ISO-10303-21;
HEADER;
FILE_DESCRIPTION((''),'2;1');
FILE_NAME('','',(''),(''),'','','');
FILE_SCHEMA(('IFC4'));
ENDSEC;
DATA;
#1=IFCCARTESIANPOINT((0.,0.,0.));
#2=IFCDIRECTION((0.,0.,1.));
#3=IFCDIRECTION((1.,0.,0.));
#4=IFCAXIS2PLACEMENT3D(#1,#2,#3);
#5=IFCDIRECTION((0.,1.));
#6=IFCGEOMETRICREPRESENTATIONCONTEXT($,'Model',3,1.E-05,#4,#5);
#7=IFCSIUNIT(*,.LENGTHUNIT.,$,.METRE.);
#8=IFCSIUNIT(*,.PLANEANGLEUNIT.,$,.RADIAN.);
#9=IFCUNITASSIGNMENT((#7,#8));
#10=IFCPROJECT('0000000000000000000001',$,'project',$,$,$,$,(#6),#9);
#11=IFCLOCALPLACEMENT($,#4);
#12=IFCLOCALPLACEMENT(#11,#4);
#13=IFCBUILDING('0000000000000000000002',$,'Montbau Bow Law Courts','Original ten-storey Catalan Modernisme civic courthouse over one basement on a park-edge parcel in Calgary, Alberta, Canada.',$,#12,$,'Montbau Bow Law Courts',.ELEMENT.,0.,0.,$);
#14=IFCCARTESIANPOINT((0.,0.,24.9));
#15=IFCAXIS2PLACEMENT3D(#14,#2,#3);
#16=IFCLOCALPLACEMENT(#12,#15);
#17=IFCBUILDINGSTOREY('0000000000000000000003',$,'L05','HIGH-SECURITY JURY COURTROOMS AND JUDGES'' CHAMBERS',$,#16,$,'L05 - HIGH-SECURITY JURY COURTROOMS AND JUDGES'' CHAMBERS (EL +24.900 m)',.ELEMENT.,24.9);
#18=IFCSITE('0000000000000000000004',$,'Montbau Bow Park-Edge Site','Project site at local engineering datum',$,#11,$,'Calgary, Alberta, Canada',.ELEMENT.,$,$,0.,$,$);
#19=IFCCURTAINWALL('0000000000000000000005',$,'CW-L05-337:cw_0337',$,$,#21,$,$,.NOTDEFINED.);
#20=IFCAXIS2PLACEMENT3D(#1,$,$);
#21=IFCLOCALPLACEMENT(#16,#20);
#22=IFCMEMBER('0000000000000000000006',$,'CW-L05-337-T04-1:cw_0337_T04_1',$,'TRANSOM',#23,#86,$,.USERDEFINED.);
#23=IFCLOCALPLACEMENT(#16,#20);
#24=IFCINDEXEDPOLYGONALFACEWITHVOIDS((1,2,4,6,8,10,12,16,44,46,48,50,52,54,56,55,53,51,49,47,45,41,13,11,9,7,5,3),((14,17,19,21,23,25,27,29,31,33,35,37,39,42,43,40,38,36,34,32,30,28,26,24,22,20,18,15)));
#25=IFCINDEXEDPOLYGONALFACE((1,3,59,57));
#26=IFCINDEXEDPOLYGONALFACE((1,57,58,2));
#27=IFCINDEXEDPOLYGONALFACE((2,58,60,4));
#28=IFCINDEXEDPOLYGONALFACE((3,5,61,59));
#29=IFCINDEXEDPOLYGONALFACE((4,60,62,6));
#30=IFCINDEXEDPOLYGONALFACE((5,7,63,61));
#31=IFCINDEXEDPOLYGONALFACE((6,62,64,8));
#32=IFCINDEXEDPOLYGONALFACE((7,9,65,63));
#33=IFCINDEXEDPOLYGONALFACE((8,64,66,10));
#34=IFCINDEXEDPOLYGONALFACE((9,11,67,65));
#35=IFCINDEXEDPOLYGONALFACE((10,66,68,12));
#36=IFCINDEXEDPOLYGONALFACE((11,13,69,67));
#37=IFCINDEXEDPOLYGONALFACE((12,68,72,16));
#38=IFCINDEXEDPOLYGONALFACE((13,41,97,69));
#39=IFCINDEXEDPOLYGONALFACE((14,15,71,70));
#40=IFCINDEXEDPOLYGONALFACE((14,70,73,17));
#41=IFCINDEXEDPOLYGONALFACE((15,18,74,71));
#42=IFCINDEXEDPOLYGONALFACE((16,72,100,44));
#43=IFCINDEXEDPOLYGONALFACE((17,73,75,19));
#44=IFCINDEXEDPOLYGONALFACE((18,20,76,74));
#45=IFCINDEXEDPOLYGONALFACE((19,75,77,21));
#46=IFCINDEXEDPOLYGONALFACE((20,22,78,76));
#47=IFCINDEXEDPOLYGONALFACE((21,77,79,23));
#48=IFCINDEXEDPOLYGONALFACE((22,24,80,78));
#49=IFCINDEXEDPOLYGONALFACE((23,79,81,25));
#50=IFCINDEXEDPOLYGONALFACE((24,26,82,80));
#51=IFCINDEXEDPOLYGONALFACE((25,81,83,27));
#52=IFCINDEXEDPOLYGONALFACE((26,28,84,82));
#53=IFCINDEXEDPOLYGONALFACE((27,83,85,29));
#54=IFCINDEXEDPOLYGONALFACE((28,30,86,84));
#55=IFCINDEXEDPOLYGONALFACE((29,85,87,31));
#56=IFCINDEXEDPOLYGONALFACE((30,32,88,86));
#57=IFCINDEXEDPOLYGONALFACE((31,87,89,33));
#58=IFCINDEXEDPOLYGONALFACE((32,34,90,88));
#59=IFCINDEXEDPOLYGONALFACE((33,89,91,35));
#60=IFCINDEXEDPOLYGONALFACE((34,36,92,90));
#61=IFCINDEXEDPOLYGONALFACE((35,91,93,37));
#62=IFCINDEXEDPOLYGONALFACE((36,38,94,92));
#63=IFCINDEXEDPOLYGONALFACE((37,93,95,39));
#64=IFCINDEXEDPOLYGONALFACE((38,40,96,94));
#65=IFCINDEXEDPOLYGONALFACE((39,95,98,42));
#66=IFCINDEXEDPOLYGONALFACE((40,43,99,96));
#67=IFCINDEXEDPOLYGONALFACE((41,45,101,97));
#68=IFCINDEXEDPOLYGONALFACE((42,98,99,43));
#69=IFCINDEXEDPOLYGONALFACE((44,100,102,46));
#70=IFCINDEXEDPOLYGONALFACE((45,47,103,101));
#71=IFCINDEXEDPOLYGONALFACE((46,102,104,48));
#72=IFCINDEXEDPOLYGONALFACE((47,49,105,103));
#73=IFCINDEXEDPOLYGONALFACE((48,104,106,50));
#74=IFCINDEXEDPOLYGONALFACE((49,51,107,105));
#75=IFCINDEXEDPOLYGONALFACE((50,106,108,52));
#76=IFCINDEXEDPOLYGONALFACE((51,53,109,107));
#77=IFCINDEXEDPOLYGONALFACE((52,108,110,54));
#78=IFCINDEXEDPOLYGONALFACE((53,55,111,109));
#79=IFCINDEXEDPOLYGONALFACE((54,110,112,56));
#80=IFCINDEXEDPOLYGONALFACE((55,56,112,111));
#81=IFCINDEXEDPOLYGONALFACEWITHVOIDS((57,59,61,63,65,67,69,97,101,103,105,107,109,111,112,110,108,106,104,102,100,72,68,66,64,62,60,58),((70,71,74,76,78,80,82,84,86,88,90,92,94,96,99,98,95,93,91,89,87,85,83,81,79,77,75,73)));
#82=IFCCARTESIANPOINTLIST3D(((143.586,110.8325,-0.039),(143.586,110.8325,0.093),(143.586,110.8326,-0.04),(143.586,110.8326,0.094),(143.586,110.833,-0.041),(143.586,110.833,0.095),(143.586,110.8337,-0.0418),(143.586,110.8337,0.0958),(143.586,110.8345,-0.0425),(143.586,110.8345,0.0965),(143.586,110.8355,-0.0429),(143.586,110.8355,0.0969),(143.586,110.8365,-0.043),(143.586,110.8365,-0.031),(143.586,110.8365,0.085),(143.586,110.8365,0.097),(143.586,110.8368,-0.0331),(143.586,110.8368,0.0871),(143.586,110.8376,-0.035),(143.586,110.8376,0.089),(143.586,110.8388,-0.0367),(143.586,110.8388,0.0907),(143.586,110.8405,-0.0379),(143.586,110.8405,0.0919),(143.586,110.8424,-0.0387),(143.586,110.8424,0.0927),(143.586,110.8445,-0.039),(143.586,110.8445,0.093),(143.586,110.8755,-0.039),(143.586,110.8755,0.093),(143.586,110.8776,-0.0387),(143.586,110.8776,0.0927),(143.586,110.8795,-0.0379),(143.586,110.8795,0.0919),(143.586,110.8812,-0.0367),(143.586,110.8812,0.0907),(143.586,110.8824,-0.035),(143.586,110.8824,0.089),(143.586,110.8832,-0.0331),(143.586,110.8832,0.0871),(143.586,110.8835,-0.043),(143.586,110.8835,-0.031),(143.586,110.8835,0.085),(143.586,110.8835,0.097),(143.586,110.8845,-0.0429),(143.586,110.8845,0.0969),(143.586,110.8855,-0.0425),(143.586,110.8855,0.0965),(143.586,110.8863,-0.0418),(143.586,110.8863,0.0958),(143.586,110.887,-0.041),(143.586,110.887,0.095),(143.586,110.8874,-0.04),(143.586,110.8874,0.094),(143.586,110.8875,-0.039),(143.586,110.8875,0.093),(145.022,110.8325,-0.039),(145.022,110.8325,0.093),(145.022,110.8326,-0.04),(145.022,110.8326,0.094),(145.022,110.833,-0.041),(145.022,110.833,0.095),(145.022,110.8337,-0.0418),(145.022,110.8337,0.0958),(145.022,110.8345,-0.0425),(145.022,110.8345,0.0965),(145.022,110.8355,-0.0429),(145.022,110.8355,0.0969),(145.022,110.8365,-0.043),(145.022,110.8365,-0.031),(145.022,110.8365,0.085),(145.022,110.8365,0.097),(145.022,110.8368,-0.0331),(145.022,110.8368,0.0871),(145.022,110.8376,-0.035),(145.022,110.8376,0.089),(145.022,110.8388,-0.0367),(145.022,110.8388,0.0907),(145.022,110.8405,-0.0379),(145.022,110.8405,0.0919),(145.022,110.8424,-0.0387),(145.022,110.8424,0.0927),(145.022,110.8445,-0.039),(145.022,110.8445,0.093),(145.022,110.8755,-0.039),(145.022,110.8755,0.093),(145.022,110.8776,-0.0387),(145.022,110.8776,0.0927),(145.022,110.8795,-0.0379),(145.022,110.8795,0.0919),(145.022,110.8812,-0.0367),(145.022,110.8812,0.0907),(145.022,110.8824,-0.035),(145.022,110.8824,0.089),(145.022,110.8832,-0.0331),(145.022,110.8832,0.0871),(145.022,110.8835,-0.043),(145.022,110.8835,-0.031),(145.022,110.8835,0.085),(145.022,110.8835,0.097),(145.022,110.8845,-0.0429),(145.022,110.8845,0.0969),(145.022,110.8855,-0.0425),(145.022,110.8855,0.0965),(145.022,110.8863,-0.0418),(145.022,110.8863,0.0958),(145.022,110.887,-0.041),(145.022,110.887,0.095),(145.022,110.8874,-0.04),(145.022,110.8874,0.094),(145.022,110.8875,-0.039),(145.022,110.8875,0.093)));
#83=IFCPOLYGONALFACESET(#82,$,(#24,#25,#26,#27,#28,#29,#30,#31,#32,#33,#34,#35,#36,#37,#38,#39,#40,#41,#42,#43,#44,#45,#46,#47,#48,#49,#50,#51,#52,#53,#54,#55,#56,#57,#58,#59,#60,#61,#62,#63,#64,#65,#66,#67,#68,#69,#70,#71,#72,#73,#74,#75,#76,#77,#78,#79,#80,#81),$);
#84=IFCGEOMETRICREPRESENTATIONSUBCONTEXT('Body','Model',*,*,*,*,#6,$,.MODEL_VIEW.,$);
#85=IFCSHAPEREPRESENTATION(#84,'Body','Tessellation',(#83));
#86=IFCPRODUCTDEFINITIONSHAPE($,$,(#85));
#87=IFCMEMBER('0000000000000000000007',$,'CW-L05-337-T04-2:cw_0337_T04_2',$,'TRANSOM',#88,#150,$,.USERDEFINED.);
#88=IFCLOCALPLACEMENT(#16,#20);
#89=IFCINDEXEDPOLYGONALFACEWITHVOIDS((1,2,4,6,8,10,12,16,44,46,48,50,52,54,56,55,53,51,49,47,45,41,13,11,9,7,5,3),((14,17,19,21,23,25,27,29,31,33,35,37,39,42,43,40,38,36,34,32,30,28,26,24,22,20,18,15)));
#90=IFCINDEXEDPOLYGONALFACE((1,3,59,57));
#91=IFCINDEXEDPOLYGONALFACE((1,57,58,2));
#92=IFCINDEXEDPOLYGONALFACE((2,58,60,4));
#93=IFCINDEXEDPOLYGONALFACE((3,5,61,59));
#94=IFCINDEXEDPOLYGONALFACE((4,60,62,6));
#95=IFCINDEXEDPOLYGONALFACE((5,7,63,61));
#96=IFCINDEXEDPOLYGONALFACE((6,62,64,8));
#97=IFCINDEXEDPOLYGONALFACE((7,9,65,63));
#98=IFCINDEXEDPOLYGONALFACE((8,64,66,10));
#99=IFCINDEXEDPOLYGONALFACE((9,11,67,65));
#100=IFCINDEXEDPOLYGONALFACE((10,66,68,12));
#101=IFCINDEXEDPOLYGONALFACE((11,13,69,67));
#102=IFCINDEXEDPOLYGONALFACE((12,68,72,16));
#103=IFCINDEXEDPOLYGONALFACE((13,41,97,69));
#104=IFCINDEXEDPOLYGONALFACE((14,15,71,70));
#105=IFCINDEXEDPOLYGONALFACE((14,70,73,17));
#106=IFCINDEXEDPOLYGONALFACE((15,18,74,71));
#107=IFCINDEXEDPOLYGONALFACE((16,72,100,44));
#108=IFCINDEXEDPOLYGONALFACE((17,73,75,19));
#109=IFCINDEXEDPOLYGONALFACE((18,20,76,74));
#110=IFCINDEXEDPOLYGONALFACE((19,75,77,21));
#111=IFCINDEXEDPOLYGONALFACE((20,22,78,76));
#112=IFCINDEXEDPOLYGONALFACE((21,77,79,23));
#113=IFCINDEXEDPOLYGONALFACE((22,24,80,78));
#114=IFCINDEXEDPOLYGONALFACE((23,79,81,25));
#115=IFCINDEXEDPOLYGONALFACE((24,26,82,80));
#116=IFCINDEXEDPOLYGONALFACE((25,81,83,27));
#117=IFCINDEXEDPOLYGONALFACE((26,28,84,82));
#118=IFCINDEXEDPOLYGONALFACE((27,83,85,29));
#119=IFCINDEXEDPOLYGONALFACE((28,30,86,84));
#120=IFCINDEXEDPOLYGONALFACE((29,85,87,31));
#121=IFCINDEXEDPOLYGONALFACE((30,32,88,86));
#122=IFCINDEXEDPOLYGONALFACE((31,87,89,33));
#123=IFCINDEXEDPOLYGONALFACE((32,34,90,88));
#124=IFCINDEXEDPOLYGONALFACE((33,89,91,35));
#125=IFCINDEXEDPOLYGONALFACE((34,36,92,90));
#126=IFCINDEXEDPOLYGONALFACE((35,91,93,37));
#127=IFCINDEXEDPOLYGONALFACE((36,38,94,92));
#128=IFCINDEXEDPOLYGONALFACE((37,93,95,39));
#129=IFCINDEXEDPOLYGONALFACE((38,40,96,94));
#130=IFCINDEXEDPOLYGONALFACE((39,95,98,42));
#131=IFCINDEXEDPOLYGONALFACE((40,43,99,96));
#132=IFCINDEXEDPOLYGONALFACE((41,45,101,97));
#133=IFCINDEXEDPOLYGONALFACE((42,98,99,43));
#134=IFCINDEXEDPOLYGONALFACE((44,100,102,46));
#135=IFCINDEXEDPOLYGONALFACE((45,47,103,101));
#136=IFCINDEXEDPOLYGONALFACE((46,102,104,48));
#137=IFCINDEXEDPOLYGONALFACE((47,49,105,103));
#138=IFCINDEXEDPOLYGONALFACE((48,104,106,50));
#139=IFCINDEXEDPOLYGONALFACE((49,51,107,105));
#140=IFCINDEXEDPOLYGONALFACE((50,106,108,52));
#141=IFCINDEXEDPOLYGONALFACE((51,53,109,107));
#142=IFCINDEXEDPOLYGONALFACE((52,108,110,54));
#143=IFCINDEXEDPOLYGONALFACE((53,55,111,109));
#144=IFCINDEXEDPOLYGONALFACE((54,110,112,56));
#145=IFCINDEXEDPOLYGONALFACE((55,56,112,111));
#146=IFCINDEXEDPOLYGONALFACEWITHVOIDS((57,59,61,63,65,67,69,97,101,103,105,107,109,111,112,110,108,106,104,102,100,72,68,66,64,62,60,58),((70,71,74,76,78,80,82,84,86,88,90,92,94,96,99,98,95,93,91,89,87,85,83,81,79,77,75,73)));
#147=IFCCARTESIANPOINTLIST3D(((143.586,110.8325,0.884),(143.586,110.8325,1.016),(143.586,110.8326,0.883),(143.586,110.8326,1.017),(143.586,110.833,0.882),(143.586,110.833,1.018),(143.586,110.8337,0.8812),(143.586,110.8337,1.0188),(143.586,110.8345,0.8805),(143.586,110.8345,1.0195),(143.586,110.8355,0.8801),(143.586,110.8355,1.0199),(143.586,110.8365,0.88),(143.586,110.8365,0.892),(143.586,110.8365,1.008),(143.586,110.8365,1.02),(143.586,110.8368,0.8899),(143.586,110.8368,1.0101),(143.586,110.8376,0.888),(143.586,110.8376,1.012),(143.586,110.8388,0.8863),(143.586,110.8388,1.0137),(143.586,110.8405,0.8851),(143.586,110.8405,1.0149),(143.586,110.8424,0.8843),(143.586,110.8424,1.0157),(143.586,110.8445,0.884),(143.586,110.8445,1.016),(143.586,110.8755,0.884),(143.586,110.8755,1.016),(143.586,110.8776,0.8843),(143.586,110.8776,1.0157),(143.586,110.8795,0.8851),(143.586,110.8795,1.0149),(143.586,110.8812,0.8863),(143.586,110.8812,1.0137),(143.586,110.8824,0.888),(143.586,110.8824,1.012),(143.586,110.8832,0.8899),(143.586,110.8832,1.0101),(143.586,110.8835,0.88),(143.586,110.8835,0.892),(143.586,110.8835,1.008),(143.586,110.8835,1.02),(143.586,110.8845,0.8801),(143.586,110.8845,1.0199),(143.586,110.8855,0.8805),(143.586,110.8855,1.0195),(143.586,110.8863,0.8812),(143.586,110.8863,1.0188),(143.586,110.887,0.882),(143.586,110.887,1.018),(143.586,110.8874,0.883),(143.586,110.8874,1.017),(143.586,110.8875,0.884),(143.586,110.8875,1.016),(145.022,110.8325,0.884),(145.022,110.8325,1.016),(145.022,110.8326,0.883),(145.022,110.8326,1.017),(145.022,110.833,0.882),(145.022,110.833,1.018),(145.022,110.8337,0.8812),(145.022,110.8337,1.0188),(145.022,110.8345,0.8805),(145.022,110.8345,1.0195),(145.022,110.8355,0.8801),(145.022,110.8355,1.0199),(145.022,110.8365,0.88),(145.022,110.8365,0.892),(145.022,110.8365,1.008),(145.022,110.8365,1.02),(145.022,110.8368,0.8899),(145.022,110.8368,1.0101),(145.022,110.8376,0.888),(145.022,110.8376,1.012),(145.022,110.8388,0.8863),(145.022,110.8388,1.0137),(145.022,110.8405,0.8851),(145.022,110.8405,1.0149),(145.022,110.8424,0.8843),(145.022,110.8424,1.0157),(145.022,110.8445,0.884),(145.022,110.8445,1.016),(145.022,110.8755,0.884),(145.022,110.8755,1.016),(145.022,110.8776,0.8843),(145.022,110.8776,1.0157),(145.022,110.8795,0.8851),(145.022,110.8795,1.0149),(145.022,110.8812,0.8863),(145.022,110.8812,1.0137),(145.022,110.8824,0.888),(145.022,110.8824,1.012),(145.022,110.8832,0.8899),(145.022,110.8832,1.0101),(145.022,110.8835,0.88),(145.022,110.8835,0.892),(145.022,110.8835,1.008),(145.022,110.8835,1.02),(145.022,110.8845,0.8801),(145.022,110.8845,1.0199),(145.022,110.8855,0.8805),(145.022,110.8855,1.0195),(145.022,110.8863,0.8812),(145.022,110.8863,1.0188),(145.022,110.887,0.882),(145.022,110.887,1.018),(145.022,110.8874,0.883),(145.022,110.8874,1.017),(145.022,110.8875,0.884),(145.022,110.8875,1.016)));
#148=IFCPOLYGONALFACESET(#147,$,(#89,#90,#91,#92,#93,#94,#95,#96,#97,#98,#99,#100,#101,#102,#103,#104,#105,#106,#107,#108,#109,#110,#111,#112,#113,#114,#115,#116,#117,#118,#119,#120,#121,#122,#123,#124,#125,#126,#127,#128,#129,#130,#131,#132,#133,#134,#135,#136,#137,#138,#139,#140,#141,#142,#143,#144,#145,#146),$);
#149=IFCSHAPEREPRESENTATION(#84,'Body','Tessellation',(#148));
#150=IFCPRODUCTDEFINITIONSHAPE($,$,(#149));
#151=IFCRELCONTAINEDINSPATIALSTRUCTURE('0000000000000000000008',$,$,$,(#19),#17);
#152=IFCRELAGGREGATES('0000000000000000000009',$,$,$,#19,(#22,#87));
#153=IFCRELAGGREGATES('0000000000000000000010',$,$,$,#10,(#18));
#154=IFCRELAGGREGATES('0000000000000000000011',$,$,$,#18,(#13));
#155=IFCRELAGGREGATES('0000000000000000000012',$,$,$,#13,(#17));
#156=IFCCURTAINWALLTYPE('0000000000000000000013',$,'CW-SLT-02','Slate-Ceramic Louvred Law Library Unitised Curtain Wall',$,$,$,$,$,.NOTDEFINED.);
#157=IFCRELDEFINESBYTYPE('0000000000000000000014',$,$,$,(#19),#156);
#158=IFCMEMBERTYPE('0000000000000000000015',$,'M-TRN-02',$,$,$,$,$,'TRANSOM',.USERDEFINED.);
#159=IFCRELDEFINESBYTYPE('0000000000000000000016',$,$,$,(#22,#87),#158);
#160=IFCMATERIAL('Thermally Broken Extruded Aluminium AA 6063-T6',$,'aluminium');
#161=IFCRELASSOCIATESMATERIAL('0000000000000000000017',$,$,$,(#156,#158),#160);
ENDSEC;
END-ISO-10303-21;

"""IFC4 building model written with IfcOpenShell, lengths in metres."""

from ifc_helpers import new_model, si_unit, direction, frame, origin_with_axes, origin_2d_with_axis, place, context, subcontext, project, spatial, hollow_rectangle, extrude, material, material_profile, profile_set, type_object, element, aggregate, save


model = new_model("IFC4")

# Units and contexts
model_context = context("Model", 3, precision=1e-05, world=origin_with_axes(), true_north=direction((0.0, 1.0)))
body_context = subcontext(model_context, "Body", "Model", "MODEL_VIEW")
ifc_project = project(units=[si_unit("LENGTHUNIT", "METRE"), si_unit("PLANEANGLEUNIT", "RADIAN")], contexts=[model_context])

# Site, building, storey
site_placement = place(None, origin_with_axes())
site = spatial("IfcSite", under=ifc_project, at=site_placement, Name="Montbau Bow Park-Edge Site", Description="Project site at local engineering datum", LongName="Calgary, Alberta, Canada", CompositionType="ELEMENT", RefElevation=0.0)
building_placement = place(site_placement, origin_with_axes())
building = spatial("IfcBuilding", under=site, at=building_placement, Name="Montbau Bow Law Courts", Description="Original ten-storey Catalan Modernisme civic courthouse over one basement on a park-edge parcel in Calgary, Alberta, Canada.", LongName="Montbau Bow Law Courts", CompositionType="ELEMENT", ElevationOfRefHeight=0.0, ElevationOfTerrain=0.0)
storey_placement = place(building_placement, frame((0.0, 0.0, 24.9), z_axis=(0.0, 0.0, 1.0), x_axis=(1.0, 0.0, 0.0)))
storey = spatial("IfcBuildingStorey", under=building, at=storey_placement, Name="L05", Description="HIGH-SECURITY JURY COURTROOMS AND JUDGES' CHAMBERS", LongName="L05 - HIGH-SECURITY JURY COURTROOMS AND JUDGES' CHAMBERS (EL +24.900 m)", CompositionType="ELEMENT", Elevation=24.9)

# Curtain wall, members
ifc_material_1 = material(Name="Thermally Broken Extruded Aluminium AA 6063-T6", Category="aluminium")
curtain_wall_type = type_object("IfcCurtainWallType", Name="CW-SLT-02", Description="Slate-Ceramic Louvred Law Library Unitised Curtain Wall", PredefinedType="NOTDEFINED", material=ifc_material_1)
curtain_wall_placement = place(None, frame((139.04, 110.86, 24.9), z_axis=(0.0, 0.0, 1.0), x_axis=(1.0, 0.0, 0.0)))
curtain_wall = element("IfcCurtainWall", 1, at=curtain_wall_placement, inside=storey, type_object=curtain_wall_type, Name="CW-L05-337:cw_0337", PredefinedType="NOTDEFINED")
ifc_material_profile_1 = material_profile(ifc_material_1, hollow_rectangle(XDim=0.055, YDim=0.14, WallThickness=0.004, InnerFilletRadius=0.008, OuterFilletRadius=0.004, at=origin_2d_with_axis()), Name="CWT-140X55", Category="Main", Priority=0)
ifc_profile_set_1 = profile_set([ifc_material_profile_1], Name="Thermally Broken Extruded Aluminium AA 6063-T6")
member_type_1 = type_object("IfcMemberType", Name="M-TRN-02", ElementType="TRANSOM", PredefinedType="USERDEFINED", material=ifc_profile_set_1)
member_1_placement = place(None, frame((143.586, 110.86, 24.927), z_axis=(1.0, 0.0, 0.0), x_axis=(0.0, 1.0, 0.0)))
member_1 = element("IfcMember", 2, at=member_1_placement, type_object=member_type_1, Name="CW-L05-337-T04-1:cw_0337_T04_1", ObjectType="TRANSOM", PredefinedType="USERDEFINED", context=body_context, shape_type="SweptSolid", body=[
    extrude(hollow_rectangle(XDim=0.055, YDim=0.14, WallThickness=0.004, InnerFilletRadius=0.008, OuterFilletRadius=0.004, at=origin_2d_with_axis()), origin_with_axes(), (0.0, 0.0, 1.0), 1.436),
])
member_2_placement = place(None, frame((143.586, 110.86, 25.85), z_axis=(1.0, 0.0, 0.0), x_axis=(0.0, 1.0, 0.0)))
member_2 = element("IfcMember", 3, at=member_2_placement, type_object=member_type_1, Name="CW-L05-337-T04-2:cw_0337_T04_2", ObjectType="TRANSOM", PredefinedType="USERDEFINED", context=body_context, shape_type="SweptSolid", body=[
    extrude(hollow_rectangle(XDim=0.055, YDim=0.14, WallThickness=0.004, InnerFilletRadius=0.008, OuterFilletRadius=0.004, at=origin_2d_with_axis()), origin_with_axes(), (0.0, 0.0, 1.0), 1.436),
])
aggregate(curtain_wall, [member_1, member_2])

save(model, "model.ifc")
